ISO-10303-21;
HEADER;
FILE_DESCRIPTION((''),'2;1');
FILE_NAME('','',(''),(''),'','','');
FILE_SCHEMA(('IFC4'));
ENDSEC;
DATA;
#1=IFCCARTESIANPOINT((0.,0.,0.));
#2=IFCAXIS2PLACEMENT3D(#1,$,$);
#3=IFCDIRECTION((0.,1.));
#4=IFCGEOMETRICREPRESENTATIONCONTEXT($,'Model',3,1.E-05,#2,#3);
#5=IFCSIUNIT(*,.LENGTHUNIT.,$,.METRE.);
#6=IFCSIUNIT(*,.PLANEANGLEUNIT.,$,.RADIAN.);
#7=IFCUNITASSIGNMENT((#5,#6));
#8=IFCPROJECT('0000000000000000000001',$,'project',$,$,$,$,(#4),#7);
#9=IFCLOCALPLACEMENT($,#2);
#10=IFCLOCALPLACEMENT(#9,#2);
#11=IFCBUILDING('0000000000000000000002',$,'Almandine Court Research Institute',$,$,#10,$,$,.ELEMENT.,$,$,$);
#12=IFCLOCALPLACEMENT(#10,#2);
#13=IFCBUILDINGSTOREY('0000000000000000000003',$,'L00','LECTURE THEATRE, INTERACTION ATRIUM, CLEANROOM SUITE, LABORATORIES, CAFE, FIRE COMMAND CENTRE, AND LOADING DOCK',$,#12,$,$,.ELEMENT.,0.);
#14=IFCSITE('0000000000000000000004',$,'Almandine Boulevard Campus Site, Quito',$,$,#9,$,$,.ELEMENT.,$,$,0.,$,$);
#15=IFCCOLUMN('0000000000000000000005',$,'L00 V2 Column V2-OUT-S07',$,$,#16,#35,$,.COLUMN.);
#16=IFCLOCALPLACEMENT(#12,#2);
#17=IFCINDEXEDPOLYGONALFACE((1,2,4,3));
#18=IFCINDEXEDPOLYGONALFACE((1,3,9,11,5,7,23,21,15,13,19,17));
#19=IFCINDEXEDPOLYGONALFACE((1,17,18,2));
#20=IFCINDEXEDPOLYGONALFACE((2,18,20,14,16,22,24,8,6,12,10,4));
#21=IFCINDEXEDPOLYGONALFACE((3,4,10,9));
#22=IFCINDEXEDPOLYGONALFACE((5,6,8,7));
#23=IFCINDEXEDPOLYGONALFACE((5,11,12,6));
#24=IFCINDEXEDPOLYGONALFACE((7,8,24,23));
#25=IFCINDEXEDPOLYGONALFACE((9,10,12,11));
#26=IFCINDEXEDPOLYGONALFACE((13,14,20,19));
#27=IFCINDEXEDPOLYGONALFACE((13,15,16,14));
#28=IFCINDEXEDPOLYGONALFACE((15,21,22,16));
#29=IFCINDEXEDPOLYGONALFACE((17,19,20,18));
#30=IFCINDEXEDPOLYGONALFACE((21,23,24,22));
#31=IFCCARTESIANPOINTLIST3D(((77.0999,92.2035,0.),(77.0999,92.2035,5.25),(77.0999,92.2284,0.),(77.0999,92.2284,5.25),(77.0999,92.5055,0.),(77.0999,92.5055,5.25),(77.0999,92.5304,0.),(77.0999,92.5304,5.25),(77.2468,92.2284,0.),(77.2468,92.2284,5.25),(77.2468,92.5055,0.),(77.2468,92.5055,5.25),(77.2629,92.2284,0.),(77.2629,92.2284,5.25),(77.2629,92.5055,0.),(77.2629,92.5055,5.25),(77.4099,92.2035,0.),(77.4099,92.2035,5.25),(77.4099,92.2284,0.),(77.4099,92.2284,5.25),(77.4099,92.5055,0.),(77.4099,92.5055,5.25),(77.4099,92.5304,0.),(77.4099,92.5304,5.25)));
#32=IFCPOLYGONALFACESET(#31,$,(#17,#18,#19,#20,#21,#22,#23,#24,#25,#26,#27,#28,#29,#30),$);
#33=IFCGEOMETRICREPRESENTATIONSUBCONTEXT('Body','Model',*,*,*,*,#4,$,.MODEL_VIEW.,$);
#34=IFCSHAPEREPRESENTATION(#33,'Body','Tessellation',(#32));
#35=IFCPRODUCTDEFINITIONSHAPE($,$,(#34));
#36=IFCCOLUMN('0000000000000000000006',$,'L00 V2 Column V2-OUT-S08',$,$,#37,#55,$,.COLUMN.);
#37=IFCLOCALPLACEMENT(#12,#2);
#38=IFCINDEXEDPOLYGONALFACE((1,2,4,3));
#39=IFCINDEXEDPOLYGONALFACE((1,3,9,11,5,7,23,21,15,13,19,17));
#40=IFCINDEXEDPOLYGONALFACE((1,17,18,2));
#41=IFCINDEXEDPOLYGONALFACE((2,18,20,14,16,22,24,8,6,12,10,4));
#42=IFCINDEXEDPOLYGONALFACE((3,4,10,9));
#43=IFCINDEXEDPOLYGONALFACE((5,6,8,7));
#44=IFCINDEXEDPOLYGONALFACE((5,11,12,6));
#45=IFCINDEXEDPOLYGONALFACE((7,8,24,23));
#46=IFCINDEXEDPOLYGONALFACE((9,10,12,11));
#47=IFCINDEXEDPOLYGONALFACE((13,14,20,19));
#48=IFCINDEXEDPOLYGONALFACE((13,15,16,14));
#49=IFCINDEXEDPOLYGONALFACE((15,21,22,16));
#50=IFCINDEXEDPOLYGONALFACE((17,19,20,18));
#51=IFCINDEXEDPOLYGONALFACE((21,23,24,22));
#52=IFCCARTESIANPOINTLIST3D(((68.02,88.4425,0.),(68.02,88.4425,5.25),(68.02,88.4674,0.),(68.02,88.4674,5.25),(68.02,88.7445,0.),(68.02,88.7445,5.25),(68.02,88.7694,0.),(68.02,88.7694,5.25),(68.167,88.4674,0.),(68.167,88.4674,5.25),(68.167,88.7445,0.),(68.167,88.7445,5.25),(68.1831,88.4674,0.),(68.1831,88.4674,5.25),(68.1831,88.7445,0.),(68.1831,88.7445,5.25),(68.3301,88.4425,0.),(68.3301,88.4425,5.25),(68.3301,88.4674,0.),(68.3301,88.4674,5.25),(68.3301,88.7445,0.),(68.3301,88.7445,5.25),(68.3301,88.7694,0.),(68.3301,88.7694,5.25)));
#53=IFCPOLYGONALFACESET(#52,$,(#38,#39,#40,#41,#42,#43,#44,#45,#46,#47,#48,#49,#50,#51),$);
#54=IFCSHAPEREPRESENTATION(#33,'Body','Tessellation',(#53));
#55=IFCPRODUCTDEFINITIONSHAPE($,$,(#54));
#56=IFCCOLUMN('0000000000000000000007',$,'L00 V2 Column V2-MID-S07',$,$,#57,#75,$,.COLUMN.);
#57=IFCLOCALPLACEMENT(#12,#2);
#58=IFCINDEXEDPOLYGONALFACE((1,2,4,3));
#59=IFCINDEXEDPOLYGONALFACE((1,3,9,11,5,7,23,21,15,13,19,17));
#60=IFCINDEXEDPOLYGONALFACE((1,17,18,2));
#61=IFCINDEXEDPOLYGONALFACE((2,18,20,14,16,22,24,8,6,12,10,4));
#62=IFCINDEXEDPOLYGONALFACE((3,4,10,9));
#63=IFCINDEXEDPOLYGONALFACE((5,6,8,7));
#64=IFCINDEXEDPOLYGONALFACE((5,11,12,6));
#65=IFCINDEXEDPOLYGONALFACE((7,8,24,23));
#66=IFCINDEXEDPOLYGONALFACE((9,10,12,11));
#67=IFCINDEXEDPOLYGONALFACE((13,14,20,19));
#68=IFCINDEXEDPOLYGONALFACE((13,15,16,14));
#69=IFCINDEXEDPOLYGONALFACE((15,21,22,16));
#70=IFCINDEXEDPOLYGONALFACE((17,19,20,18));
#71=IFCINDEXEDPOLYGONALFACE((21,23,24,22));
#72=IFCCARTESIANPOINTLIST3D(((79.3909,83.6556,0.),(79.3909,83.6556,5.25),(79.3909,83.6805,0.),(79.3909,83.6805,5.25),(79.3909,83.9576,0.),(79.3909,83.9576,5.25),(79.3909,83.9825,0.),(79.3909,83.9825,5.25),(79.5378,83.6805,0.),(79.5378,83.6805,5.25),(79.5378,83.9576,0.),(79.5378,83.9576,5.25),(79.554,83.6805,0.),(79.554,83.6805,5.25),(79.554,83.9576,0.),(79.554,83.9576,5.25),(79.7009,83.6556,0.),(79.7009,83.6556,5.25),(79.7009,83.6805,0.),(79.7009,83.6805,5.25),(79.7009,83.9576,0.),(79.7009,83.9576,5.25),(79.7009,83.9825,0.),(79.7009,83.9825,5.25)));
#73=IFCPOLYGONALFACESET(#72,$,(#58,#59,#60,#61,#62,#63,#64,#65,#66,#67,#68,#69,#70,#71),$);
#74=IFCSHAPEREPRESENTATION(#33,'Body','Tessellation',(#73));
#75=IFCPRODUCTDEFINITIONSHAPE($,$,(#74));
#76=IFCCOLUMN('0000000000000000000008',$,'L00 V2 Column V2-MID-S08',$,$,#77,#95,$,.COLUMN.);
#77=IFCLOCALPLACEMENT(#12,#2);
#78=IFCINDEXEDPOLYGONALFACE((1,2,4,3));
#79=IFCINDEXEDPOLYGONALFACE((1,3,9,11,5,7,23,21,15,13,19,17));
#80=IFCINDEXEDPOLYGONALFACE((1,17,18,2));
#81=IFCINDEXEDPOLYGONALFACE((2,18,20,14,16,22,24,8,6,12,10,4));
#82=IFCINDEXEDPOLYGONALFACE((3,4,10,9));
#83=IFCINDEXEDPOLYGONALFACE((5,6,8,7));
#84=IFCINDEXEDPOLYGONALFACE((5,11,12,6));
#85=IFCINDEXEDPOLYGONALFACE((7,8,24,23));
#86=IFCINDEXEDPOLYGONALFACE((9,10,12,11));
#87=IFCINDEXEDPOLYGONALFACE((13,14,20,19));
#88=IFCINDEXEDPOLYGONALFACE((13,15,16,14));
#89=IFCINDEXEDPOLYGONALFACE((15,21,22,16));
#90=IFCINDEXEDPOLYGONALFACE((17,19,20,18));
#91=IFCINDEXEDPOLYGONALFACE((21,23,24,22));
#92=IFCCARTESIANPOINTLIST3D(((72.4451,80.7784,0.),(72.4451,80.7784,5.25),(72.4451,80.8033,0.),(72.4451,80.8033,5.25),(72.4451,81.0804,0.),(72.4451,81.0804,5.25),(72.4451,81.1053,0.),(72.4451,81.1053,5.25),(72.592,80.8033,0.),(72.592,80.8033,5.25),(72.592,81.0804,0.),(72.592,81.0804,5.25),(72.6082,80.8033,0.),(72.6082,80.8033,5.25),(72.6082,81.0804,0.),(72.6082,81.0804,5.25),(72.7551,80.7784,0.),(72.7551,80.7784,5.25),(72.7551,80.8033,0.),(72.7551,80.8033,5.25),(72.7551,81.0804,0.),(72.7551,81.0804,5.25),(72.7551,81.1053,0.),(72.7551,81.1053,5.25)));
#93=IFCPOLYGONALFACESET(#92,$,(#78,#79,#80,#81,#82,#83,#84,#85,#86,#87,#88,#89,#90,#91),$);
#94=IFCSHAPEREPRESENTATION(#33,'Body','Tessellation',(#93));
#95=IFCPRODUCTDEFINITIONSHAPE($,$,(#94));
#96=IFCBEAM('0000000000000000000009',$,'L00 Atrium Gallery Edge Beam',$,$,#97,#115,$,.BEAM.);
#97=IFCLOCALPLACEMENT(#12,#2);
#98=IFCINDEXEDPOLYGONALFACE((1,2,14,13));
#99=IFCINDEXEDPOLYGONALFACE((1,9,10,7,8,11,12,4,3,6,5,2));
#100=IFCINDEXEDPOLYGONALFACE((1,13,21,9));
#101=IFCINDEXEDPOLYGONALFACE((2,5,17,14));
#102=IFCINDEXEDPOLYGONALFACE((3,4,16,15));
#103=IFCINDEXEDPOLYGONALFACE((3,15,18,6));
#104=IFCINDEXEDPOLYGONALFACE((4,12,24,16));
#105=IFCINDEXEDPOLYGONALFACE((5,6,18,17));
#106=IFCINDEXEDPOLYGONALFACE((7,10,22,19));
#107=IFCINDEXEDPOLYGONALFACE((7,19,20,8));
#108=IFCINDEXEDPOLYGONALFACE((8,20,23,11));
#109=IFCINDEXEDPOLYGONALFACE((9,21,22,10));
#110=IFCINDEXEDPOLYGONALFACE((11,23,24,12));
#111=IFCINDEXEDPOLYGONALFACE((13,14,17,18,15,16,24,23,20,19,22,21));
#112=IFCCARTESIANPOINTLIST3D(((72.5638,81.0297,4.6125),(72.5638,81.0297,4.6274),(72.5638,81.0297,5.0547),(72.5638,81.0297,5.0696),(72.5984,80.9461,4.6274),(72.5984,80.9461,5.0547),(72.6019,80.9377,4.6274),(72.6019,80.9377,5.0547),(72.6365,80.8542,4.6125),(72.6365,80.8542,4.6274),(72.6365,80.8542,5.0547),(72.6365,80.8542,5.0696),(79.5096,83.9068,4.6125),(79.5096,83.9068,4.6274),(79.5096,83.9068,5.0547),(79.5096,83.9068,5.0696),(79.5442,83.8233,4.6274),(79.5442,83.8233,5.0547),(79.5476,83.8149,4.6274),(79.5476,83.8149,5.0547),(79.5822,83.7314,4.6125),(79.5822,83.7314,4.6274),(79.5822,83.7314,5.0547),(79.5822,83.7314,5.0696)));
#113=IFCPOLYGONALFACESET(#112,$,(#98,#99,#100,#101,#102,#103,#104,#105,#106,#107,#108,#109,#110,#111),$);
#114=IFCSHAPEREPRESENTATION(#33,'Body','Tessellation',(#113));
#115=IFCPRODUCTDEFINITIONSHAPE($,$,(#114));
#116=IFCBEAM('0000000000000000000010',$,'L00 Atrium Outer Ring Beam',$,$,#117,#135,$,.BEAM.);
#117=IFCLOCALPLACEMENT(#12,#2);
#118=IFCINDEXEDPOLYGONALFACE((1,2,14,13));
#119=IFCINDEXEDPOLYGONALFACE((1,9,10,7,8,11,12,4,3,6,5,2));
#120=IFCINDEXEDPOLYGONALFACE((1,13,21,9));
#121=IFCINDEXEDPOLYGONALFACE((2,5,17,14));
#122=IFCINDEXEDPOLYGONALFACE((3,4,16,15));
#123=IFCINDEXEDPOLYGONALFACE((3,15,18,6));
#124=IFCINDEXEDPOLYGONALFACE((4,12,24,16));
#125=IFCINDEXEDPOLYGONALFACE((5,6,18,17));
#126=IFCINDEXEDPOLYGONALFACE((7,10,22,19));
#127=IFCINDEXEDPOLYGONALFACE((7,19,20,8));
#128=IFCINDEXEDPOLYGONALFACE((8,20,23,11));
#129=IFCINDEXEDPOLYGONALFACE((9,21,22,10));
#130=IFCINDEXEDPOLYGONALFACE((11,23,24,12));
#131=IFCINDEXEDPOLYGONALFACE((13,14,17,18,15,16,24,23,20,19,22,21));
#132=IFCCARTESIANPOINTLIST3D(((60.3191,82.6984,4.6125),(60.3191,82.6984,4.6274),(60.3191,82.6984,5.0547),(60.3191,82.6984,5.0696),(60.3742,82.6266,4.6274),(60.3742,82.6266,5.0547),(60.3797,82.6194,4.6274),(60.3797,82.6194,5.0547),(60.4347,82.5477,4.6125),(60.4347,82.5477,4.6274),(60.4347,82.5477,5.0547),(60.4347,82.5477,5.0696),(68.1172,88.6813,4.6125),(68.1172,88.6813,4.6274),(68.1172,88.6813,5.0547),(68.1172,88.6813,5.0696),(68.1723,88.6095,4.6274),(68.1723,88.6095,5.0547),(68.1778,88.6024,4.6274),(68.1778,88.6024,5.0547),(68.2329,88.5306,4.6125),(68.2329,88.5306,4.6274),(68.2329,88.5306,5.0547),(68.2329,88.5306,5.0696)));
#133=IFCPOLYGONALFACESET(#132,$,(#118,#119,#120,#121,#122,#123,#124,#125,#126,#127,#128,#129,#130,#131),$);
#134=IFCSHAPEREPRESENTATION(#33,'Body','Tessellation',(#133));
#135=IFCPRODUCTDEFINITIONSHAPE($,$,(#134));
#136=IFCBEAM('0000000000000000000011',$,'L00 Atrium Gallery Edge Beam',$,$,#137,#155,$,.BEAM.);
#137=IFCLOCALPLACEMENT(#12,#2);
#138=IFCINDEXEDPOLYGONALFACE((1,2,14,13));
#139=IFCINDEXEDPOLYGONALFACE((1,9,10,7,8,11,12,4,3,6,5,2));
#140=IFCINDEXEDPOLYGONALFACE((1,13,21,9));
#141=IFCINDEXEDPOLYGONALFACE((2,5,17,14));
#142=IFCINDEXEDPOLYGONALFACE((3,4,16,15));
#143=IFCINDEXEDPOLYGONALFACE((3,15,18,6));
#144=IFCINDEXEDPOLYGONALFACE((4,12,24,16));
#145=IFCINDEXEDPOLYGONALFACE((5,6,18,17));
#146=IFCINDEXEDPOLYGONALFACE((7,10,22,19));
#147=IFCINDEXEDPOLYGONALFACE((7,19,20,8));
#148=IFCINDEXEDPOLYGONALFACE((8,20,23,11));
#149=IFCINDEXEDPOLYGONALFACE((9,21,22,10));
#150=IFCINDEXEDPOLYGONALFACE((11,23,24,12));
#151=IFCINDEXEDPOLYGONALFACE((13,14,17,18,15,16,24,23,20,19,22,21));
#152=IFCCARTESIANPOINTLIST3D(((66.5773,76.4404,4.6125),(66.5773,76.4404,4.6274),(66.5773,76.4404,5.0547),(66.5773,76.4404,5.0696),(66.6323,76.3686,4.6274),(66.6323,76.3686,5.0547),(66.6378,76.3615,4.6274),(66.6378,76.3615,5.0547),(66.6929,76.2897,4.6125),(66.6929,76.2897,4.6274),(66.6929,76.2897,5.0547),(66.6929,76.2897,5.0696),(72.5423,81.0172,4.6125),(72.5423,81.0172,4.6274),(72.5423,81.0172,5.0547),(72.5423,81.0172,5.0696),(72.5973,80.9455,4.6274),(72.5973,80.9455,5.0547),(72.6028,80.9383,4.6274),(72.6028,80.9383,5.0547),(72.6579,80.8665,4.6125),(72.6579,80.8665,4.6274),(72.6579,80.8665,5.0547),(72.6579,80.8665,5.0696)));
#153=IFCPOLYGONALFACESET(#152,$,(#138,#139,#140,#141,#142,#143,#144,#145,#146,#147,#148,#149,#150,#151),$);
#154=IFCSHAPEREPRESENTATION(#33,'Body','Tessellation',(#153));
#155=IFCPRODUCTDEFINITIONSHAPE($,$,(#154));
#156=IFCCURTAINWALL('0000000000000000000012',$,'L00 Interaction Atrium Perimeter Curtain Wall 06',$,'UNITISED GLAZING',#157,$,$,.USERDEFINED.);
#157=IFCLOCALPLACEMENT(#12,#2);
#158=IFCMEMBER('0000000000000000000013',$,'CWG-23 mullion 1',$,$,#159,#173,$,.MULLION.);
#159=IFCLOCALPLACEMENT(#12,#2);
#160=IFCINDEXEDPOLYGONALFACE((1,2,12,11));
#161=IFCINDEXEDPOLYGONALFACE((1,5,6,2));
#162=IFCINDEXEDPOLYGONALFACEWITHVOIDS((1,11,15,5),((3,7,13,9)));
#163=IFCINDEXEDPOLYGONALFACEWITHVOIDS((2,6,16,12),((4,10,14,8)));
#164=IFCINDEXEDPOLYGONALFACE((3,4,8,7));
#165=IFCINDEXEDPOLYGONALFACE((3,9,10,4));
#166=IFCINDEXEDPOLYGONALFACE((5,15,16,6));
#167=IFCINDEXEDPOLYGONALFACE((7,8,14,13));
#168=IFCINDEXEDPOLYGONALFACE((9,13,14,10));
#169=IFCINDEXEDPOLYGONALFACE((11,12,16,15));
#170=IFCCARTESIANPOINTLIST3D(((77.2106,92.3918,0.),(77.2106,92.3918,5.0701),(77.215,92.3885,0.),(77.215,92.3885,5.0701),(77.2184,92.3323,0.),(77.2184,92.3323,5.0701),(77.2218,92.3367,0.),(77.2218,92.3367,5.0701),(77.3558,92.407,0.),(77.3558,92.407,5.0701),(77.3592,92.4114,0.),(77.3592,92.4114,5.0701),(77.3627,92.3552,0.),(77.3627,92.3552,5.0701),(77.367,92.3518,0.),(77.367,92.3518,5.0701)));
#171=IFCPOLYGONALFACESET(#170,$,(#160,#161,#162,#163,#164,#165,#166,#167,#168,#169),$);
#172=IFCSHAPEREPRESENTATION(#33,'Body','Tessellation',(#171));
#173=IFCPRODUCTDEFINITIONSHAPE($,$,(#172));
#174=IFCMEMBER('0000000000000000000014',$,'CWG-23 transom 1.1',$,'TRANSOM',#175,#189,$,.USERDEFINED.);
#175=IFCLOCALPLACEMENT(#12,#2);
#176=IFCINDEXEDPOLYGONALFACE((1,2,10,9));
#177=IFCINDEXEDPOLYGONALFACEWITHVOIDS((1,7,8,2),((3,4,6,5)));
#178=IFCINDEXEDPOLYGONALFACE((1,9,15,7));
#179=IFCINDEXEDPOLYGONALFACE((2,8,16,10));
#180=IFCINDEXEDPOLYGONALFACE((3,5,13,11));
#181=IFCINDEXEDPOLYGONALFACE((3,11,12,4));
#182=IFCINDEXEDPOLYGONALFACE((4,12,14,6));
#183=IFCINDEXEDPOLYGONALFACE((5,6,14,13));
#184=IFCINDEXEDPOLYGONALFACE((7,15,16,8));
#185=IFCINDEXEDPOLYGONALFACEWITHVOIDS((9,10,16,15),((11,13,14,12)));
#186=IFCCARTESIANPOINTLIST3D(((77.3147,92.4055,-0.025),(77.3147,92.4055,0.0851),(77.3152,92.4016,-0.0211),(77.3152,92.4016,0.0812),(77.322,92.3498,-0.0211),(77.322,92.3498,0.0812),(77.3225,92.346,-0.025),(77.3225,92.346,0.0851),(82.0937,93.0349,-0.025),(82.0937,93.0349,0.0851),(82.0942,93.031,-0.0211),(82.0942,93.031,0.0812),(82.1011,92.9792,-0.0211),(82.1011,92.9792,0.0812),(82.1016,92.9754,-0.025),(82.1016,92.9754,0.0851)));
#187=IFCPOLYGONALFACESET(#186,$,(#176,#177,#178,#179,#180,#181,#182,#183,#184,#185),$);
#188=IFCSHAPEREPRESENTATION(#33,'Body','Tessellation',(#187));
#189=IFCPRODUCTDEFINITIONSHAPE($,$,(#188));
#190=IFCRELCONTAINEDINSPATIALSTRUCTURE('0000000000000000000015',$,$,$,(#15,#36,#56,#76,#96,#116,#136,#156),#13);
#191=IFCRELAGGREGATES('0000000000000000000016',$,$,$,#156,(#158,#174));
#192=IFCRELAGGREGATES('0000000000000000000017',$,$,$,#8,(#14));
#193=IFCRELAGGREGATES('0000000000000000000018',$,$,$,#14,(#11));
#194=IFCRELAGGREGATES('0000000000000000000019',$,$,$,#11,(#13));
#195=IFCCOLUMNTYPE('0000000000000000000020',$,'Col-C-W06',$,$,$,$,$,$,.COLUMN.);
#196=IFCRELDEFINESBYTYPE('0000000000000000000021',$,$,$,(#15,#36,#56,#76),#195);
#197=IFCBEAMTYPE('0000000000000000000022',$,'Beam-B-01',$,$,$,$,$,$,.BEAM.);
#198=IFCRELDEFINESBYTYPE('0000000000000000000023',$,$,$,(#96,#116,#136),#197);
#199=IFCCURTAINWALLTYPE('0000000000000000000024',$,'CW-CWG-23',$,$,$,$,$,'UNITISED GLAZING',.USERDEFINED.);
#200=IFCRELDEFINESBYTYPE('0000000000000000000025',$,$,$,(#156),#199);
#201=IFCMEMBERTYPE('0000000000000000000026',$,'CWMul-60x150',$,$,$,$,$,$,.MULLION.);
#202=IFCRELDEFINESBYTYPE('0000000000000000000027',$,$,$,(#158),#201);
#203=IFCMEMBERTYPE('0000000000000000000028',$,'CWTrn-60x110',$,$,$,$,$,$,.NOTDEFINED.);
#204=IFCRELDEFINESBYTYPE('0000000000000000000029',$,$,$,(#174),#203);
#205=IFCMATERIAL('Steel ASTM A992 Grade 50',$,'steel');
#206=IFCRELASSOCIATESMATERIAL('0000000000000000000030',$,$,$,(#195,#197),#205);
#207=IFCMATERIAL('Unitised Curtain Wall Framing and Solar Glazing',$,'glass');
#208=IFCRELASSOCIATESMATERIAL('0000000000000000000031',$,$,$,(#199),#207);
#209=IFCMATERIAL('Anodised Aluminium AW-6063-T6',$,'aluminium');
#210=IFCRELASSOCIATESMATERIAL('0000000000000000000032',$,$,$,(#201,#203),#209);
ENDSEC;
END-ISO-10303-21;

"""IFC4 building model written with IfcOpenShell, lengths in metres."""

from ifc_helpers import new_model, si_unit, direction, frame, origin, origin_2d, place, context, subcontext, project, spatial, hollow_rectangle, i_section, extrude, material, material_profile, profile_set, type_object, element, aggregate, save


model = new_model("IFC4")

# Units and contexts
model_context = context("Model", 3, precision=1e-05, world=origin(), true_north=direction((0.0, 1.0)))
body_context = subcontext(model_context, "Body", "Model", "MODEL_VIEW")
ifc_project = project(units=[si_unit("LENGTHUNIT", "METRE"), si_unit("PLANEANGLEUNIT", "RADIAN")], contexts=[model_context])

# Site, building, storey
site_placement = place(None, origin())
site = spatial("IfcSite", under=ifc_project, at=site_placement, Name="Almandine Boulevard Campus Site, Quito", CompositionType="ELEMENT", RefElevation=0.0)
building_placement = place(site_placement, origin())
building = spatial("IfcBuilding", under=site, at=building_placement, Name="Almandine Court Research Institute", CompositionType="ELEMENT")
storey_placement = place(building_placement, origin())
storey = spatial("IfcBuildingStorey", under=building, at=storey_placement, Name="L00", Description="LECTURE THEATRE, INTERACTION ATRIUM, CLEANROOM SUITE, LABORATORIES, CAFE, FIRE COMMAND CENTRE, AND LOADING DOCK", CompositionType="ELEMENT", Elevation=0.0)

# Columns
ifc_material_1 = material(Name="Steel ASTM A992 Grade 50", Category="steel")
ifc_material_profile_1 = material_profile(ifc_material_1, i_section(OverallWidth=0.3101, OverallDepth=0.3269, WebThickness=0.0161, FlangeThickness=0.0249, at=origin_2d()), Name="W310x158")
ifc_profile_set_1 = profile_set([ifc_material_profile_1], Name="Steel ASTM A992 Grade 50")
column_type = type_object("IfcColumnType", Name="Col-C-W06", PredefinedType="COLUMN", material=ifc_profile_set_1)
for number, where, z_axis, x_axis, name in (
    (1, (77.2549, 92.3669, 0.0), (0.0, 0.0, 1.0), (1.0, 0.0, 0.0), "L00 V2 Column V2-OUT-S07"),
    (2, (68.175, 88.606, 0.0), (0.0, 0.0, 1.0), (1.0, 0.0, 0.0), "L00 V2 Column V2-OUT-S08"),
    (3, (79.5459, 83.8191, 0.0), (0.0, 0.0, 1.0), (1.0, 0.0, 0.0), "L00 V2 Column V2-MID-S07"),
    (4, (72.6001, 80.9419, 0.0), (0.0, 0.0, 1.0), (1.0, 0.0, 0.0), "L00 V2 Column V2-MID-S08"),
):
    element("IfcColumn", number, at=place(storey_placement, frame(where, z_axis=z_axis, x_axis=x_axis)), inside=storey, type_object=column_type, Name=name, PredefinedType="COLUMN", context=body_context, shape_type="SweptSolid", body=[
        extrude(i_section(OverallWidth=0.3101, OverallDepth=0.3269, WebThickness=0.0161, FlangeThickness=0.0249, at=origin_2d()), origin(), (0.0, 0.0, 1.0), 5.25),
    ])

# Beams
ifc_material_profile_2 = material_profile(ifc_material_1, i_section(OverallWidth=0.1899, OverallDepth=0.457, WebThickness=0.009, FlangeThickness=0.0149, at=origin_2d()), Name="W460x74")
ifc_profile_set_2 = profile_set([ifc_material_profile_2], Name="Steel ASTM A992 Grade 50")
beam_type = type_object("IfcBeamType", Name="Beam-B-01", PredefinedType="BEAM", material=ifc_profile_set_2)
beam_1_placement = place(storey_placement, frame((79.5459, 83.8191, 4.8411), z_axis=(-0.923872, -0.382701, 0.0), x_axis=(0.382701, -0.923872, 0.0)))
element("IfcBeam", 5, at=beam_1_placement, inside=storey, type_object=beam_type, Name="L00 Atrium Gallery Edge Beam", PredefinedType="BEAM", context=body_context, shape_type="SweptSolid", body=[
    extrude(i_section(OverallWidth=0.1899, OverallDepth=0.457, WebThickness=0.009, FlangeThickness=0.0149, at=origin_2d()), origin(), (0.0, 0.0, 1.0), 7.5181),
])
beam_2_placement = place(storey_placement, frame((68.175, 88.606, 4.8411), z_axis=(-0.793392, -0.608712, 0.0), x_axis=(0.608712, -0.793392, 0.0)))
element("IfcBeam", 6, at=beam_2_placement, inside=storey, type_object=beam_type, Name="L00 Atrium Outer Ring Beam", PredefinedType="BEAM", context=body_context, shape_type="SweptSolid", body=[
    extrude(i_section(OverallWidth=0.1899, OverallDepth=0.457, WebThickness=0.009, FlangeThickness=0.0149, at=origin_2d()), origin(), (0.0, 0.0, 1.0), 9.8289),
])
beam_3_placement = place(storey_placement, frame((72.6001, 80.9419, 4.8411), z_axis=(-0.793371, -0.608739, 0.0), x_axis=(0.608739, -0.793371, 0.0)))
element("IfcBeam", 7, at=beam_3_placement, inside=storey, type_object=beam_type, Name="L00 Atrium Gallery Edge Beam", PredefinedType="BEAM", context=body_context, shape_type="SweptSolid", body=[
    extrude(i_section(OverallWidth=0.1899, OverallDepth=0.457, WebThickness=0.009, FlangeThickness=0.0149, at=origin_2d()), origin(), (0.0, 0.0, 1.0), 7.5186),
])

# Curtain wall, members
ifc_material_2 = material(Name="Unitised Curtain Wall Framing and Solar Glazing", Category="glass")
curtain_wall_type = type_object("IfcCurtainWallType", Name="CW-CWG-23", ElementType="UNITISED GLAZING", PredefinedType="USERDEFINED", material=ifc_material_2)
curtain_wall_placement = place(storey_placement, origin())
curtain_wall = element("IfcCurtainWall", 8, at=curtain_wall_placement, inside=storey, type_object=curtain_wall_type, Name="L00 Interaction Atrium Perimeter Curtain Wall 06", ObjectType="UNITISED GLAZING", PredefinedType="USERDEFINED")
ifc_material_3 = material(Name="Anodised Aluminium AW-6063-T6", Category="aluminium")
ifc_material_profile_3 = material_profile(ifc_material_3, hollow_rectangle(XDim=0.0601, YDim=0.1499, WallThickness=0.0039, at=origin_2d()), Name="ALU RHS 60x150x4")
ifc_profile_set_3 = profile_set([ifc_material_profile_3], Name="Anodised Aluminium AW-6063-T6")
member_type_1 = type_object("IfcMemberType", Name="CWMul-60x150", PredefinedType="MULLION", material=ifc_profile_set_3)
member_1_placement = place(storey_placement, frame((77.2888, 92.3718, 0.0), z_axis=(0.0, 0.0, 1.0), x_axis=(-0.130536, 0.991444, 0.0)))
member_1 = element("IfcMember", 9, at=member_1_placement, type_object=member_type_1, Name="CWG-23 mullion 1", PredefinedType="MULLION", context=body_context, shape_type="SweptSolid", body=[
    extrude(hollow_rectangle(XDim=0.0601, YDim=0.1499, WallThickness=0.0039, at=origin_2d()), origin(), (0.0, 0.0, 1.0), 5.0701),
])
ifc_material_profile_4 = material_profile(ifc_material_3, hollow_rectangle(XDim=0.0601, YDim=0.1101, WallThickness=0.0039, at=origin_2d()), Name="ALU RHS 60x110x4")
ifc_profile_set_4 = profile_set([ifc_material_profile_4], Name="Anodised Aluminium AW-6063-T6")
member_type_2 = type_object("IfcMemberType", Name="CWTrn-60x110", PredefinedType="NOTDEFINED", material=ifc_profile_set_4)
member_2_placement = place(storey_placement, frame((77.3186, 92.3757, 0.03), z_axis=(0.991439, 0.130571, 0.0), x_axis=(-0.130571, 0.991439, 0.0)))
member_2 = element("IfcMember", 10, at=member_2_placement, type_object=member_type_2, Name="CWG-23 transom 1.1", ObjectType="TRANSOM", PredefinedType="USERDEFINED", context=body_context, shape_type="SweptSolid", body=[
    extrude(hollow_rectangle(XDim=0.0601, YDim=0.1101, WallThickness=0.0039, at=origin_2d()), origin(), (0.0, 0.0, 1.0), 4.8203),
])
aggregate(curtain_wall, [member_1, member_2])

save(model, "model.ifc")
